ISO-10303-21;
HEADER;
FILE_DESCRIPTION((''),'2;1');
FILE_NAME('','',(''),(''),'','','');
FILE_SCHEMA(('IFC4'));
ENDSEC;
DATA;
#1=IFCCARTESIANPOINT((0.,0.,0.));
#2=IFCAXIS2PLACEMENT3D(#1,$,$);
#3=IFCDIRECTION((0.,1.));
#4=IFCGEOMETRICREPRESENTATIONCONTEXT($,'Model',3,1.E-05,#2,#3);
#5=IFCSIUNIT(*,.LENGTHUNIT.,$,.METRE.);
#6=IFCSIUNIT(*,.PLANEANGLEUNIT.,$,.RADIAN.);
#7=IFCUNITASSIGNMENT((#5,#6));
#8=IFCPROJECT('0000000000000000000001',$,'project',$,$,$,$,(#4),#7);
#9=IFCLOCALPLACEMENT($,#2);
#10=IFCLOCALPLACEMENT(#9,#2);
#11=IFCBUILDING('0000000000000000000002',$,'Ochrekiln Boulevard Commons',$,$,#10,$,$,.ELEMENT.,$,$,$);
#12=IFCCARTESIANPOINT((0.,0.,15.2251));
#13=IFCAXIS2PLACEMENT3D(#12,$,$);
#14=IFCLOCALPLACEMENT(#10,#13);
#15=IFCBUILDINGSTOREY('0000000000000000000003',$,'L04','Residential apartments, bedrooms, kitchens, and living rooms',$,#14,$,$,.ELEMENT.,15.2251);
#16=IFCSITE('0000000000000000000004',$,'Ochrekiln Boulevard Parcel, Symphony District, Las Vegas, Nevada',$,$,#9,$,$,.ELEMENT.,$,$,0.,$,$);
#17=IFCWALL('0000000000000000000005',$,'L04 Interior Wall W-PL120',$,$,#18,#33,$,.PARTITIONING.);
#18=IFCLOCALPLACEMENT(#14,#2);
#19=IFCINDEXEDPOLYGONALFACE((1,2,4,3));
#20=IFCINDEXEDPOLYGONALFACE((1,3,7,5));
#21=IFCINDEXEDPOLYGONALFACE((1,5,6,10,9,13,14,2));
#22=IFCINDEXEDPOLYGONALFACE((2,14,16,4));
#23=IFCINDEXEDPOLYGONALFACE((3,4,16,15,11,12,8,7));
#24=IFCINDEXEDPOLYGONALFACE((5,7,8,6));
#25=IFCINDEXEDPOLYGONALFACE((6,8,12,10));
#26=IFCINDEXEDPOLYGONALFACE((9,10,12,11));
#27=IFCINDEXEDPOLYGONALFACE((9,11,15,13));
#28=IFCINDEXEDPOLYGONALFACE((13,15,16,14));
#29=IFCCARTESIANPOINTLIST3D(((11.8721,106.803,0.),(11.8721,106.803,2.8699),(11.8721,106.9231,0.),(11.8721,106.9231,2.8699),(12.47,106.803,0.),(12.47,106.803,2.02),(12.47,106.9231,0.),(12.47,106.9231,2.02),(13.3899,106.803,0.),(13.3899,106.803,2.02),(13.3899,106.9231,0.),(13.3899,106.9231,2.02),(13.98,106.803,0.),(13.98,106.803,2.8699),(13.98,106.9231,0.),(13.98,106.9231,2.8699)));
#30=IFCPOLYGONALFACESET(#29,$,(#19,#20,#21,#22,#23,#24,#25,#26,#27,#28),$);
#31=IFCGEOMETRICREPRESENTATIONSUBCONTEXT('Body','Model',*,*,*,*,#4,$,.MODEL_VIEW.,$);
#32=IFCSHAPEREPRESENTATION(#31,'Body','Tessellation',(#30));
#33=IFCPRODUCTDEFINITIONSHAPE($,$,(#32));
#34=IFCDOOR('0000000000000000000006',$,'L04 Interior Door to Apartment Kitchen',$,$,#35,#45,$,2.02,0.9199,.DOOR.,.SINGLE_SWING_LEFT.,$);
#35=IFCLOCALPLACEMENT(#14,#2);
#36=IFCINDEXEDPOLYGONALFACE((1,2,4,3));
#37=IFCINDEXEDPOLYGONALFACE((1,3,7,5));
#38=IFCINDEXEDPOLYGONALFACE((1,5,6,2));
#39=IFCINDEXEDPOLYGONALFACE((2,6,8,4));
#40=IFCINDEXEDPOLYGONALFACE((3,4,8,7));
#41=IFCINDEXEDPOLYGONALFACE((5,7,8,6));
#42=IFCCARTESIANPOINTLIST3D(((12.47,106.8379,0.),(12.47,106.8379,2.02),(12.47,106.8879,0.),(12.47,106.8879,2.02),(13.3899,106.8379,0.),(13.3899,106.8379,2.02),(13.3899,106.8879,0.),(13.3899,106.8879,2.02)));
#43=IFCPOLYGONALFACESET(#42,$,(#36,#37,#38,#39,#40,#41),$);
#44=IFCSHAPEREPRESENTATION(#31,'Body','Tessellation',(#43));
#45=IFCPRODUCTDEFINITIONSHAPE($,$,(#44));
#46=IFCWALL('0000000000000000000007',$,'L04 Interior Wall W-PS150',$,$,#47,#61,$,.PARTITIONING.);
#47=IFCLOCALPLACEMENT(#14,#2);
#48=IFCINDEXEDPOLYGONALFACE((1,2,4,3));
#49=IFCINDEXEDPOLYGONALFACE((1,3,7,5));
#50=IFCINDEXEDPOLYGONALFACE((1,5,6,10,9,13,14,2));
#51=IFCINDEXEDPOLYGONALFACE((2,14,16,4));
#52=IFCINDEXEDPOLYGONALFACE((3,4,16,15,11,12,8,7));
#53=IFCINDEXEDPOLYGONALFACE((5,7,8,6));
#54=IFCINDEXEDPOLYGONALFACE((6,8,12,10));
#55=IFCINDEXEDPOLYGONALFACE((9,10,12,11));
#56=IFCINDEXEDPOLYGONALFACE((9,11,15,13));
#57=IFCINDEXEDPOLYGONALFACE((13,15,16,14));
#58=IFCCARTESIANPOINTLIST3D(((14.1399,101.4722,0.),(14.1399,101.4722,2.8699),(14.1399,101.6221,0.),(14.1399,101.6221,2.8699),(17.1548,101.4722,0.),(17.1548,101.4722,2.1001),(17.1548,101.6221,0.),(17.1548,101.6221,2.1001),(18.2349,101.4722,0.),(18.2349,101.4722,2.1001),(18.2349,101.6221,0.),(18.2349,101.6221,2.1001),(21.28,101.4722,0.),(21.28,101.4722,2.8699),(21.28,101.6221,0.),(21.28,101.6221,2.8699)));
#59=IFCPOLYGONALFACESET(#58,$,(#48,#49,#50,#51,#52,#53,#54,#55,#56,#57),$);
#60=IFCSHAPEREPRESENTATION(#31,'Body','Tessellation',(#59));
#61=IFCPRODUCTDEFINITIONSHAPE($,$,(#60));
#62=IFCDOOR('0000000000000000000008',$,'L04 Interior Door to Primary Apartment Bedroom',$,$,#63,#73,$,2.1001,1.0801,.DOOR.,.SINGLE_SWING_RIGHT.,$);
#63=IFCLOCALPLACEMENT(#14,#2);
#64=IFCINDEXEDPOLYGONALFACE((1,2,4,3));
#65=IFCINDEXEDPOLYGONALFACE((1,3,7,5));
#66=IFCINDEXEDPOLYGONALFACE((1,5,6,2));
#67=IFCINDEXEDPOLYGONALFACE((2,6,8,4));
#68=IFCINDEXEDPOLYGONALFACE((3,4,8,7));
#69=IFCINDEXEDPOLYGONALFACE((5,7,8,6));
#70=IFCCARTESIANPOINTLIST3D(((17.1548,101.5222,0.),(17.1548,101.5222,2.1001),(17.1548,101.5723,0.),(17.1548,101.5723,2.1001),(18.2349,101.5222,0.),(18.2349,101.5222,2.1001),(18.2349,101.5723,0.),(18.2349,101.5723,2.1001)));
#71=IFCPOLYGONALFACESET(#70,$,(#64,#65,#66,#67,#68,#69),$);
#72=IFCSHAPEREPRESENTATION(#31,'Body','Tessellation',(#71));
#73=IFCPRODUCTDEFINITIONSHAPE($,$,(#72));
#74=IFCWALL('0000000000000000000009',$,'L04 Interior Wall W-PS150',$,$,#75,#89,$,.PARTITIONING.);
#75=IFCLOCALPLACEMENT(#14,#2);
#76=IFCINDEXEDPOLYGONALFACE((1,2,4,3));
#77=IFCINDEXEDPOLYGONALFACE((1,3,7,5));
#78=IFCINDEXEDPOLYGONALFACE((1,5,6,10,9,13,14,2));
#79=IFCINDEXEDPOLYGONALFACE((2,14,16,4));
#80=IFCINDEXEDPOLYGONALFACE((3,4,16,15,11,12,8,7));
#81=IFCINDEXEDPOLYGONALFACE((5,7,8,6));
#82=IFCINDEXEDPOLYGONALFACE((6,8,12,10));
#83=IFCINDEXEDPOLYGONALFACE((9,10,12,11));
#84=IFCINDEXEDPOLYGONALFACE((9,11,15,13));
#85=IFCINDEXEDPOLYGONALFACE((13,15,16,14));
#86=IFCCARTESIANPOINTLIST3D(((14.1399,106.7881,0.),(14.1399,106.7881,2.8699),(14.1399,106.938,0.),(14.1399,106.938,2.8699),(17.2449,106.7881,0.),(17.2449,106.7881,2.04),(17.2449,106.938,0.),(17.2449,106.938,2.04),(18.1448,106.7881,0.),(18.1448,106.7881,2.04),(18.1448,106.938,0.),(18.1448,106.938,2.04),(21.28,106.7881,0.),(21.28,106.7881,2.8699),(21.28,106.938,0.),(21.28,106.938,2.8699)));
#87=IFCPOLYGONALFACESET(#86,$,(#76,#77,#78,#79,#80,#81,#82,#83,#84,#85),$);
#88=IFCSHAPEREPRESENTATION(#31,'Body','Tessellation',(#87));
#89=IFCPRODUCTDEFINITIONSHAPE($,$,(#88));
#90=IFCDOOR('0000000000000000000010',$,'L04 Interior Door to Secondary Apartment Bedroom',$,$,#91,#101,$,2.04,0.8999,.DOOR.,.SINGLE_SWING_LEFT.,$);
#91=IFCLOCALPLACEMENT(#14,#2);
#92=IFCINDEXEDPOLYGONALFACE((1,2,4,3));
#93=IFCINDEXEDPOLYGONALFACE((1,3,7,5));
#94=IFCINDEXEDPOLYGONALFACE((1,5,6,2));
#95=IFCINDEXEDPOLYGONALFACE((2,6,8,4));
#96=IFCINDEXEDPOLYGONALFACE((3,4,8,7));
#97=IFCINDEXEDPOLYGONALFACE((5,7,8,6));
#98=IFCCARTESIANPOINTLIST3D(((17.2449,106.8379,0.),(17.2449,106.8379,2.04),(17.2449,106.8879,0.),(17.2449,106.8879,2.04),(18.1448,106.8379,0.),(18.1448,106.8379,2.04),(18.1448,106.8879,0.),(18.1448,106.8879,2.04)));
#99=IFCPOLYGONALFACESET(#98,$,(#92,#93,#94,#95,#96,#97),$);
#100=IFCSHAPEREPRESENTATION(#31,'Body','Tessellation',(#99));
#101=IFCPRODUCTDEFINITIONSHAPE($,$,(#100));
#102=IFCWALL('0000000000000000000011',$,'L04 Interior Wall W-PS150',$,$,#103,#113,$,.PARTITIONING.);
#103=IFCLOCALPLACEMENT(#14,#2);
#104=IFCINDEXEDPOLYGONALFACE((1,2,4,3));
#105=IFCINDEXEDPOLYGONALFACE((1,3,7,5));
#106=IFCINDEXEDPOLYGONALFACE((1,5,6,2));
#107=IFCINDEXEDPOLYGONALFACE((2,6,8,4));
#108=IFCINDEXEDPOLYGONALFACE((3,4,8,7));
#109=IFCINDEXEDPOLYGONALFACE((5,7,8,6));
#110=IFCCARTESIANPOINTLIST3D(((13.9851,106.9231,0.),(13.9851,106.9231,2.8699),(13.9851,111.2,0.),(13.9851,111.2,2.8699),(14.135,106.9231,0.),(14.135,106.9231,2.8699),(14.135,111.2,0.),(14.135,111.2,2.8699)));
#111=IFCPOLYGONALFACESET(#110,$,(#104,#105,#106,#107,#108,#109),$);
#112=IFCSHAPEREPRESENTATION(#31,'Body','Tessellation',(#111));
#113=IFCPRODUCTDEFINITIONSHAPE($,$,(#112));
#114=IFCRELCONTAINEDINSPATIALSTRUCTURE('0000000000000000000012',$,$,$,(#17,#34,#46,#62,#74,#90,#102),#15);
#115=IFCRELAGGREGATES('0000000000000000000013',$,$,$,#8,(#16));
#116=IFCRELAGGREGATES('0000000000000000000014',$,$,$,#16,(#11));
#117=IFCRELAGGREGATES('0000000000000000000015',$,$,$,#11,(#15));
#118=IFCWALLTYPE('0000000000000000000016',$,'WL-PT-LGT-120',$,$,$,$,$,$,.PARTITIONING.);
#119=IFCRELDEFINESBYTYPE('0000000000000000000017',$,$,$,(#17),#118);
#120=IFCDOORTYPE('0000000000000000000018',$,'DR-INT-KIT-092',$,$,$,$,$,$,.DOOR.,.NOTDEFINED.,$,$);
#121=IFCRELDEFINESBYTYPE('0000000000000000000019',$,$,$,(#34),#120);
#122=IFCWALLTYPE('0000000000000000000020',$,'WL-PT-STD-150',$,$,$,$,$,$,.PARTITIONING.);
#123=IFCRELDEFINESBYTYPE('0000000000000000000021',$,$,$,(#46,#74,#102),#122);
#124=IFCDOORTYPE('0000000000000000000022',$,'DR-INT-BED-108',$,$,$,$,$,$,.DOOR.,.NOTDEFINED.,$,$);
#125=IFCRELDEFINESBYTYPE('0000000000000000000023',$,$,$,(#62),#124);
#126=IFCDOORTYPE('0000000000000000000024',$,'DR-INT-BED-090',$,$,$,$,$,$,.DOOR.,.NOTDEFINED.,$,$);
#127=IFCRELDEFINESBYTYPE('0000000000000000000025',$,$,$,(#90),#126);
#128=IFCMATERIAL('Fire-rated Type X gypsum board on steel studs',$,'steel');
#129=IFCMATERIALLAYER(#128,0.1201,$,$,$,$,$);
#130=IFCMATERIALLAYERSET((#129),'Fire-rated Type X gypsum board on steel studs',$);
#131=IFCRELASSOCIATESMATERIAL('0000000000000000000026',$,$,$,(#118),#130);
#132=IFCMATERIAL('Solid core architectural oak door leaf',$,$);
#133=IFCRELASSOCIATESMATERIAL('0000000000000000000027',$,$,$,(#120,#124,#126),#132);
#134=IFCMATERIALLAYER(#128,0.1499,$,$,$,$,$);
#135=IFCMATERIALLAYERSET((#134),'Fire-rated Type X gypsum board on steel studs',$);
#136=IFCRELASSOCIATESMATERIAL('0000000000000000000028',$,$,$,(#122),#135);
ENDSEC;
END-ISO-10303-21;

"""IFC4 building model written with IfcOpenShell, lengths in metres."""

from ifc_helpers import new_model, si_unit, direction, frame, frame_2d, origin, place, context, subcontext, project, spatial, rectangle, extrude, material, layer, layer_set, type_object, element, fill, save


model = new_model("IFC4")

# Units and contexts
model_context = context("Model", 3, precision=1e-05, world=origin(), true_north=direction((0.0, 1.0)))
body_context = subcontext(model_context, "Body", "Model", "MODEL_VIEW")
ifc_project = project(units=[si_unit("LENGTHUNIT", "METRE"), si_unit("PLANEANGLEUNIT", "RADIAN")], contexts=[model_context])

# Site, building, storey
site_placement = place(None, origin())
site = spatial("IfcSite", under=ifc_project, at=site_placement, Name="Ochrekiln Boulevard Parcel, Symphony District, Las Vegas, Nevada", CompositionType="ELEMENT", RefElevation=0.0)
building_placement = place(site_placement, origin())
building = spatial("IfcBuilding", under=site, at=building_placement, Name="Ochrekiln Boulevard Commons", CompositionType="ELEMENT")
storey_placement = place(building_placement, frame((0.0, 0.0, 15.2251)))
storey = spatial("IfcBuildingStorey", under=building, at=storey_placement, Name="L04", Description="Residential apartments, bedrooms, kitchens, and living rooms", CompositionType="ELEMENT", Elevation=15.2251)

# Walls, openings, doors
ifc_material_1 = material(Name="Fire-rated Type X gypsum board on steel studs", Category="steel")
ifc_material_2 = material(Name="Solid core architectural oak door leaf")
ifc_layer_1 = layer(ifc_material_1, 0.1201)
ifc_layer_set_1 = layer_set([ifc_layer_1], Name="Fire-rated Type X gypsum board on steel studs")
wall_type_1 = type_object("IfcWallType", Name="WL-PT-LGT-120", PredefinedType="PARTITIONING", material=ifc_layer_set_1)
wall_1_placement = place(storey_placement, frame((11.8721, 106.863, 0.0), z_axis=(0.0, 0.0, 1.0), x_axis=(1.0, 0.0, 0.0)))
wall_1 = element("IfcWall", 1, at=wall_1_placement, inside=storey, type_object=wall_type_1, Name="L04 Interior Wall W-PL120", PredefinedType="PARTITIONING", context=body_context, shape_type="SweptSolid", body=[
    extrude(rectangle(XDim=2.1079, YDim=0.1201, at=frame_2d((1.054, 0.0))), origin(), (0.0, 0.0, 1.0), 2.8699),
])
opening_1_placement = place(wall_1_placement, frame((0.5979, 0.0, 0.0)))
opening_1 = element("IfcOpeningElement", 2, at=opening_1_placement, cuts=wall_1, PredefinedType="OPENING", context=body_context, shape_type="SweptSolid", body=[
    extrude(rectangle(XDim=0.9199, YDim=2.02, at=frame_2d((0.46, 1.01))), frame((0.0, 0.0701, 0.0), z_axis=(0.0, -1.0, 0.0), x_axis=(1.0, 0.0, 0.0)), (0.0, 0.0, 1.0), 0.1401),
])
door_type_1 = type_object("IfcDoorType", Name="DR-INT-KIT-092", OperationType="NOTDEFINED", PredefinedType="DOOR", material=ifc_material_2)
door_1_placement = place(opening_1_placement, origin())
door_1 = element("IfcDoor", 3, at=door_1_placement, inside=storey, type_object=door_type_1, Name="L04 Interior Door to Apartment Kitchen", OperationType="SINGLE_SWING_LEFT", OverallHeight=2.02, OverallWidth=0.9199, PredefinedType="DOOR", context=body_context, shape_type="SweptSolid", body=[
    extrude(rectangle(XDim=0.9199, YDim=2.02, at=frame_2d((0.46, 1.01))), frame((0.0, 0.0249, 0.0), z_axis=(0.0, -1.0, 0.0), x_axis=(1.0, 0.0, 0.0)), (0.0, 0.0, 1.0), 0.05),
])
fill(opening_1, door_1)
ifc_layer_2 = layer(ifc_material_1, 0.1499)
ifc_layer_set_2 = layer_set([ifc_layer_2], Name="Fire-rated Type X gypsum board on steel studs")
wall_type_2 = type_object("IfcWallType", Name="WL-PT-STD-150", PredefinedType="PARTITIONING", material=ifc_layer_set_2)
wall_2_placement = place(storey_placement, frame((14.1399, 101.5471, 0.0), z_axis=(0.0, 0.0, 1.0), x_axis=(1.0, 0.0, 0.0)))
wall_2 = element("IfcWall", 4, at=wall_2_placement, inside=storey, type_object=wall_type_2, Name="L04 Interior Wall W-PS150", PredefinedType="PARTITIONING", context=body_context, shape_type="SweptSolid", body=[
    extrude(rectangle(XDim=7.1401, YDim=0.1499, at=frame_2d((3.5701, 0.0))), origin(), (0.0, 0.0, 1.0), 2.8699),
])
opening_2_placement = place(wall_2_placement, frame((3.0149, 0.0, 0.0)))
opening_2 = element("IfcOpeningElement", 5, at=opening_2_placement, cuts=wall_2, PredefinedType="OPENING", context=body_context, shape_type="SweptSolid", body=[
    extrude(rectangle(XDim=1.0801, YDim=2.1001, at=frame_2d((0.54, 1.05))), frame((0.0, 0.085, 0.0), z_axis=(0.0, -1.0, 0.0), x_axis=(1.0, 0.0, 0.0)), (0.0, 0.0, 1.0), 0.1699),
])
door_type_2 = type_object("IfcDoorType", Name="DR-INT-BED-108", OperationType="NOTDEFINED", PredefinedType="DOOR", material=ifc_material_2)
door_2_placement = place(opening_2_placement, frame((1.0801, 0.0, 0.0), z_axis=(0.0, 0.0, 1.0), x_axis=(-1.0, 0.0, 0.0)))
door_2 = element("IfcDoor", 6, at=door_2_placement, inside=storey, type_object=door_type_2, Name="L04 Interior Door to Primary Apartment Bedroom", OperationType="SINGLE_SWING_RIGHT", OverallHeight=2.1001, OverallWidth=1.0801, PredefinedType="DOOR", context=body_context, shape_type="SweptSolid", body=[
    extrude(rectangle(XDim=1.0801, YDim=2.1001, at=frame_2d((0.54, 1.05))), frame((0.0, 0.0249, 0.0), z_axis=(0.0, -1.0, 0.0), x_axis=(1.0, 0.0, 0.0)), (0.0, 0.0, 1.0), 0.05),
])
fill(opening_2, door_2)
wall_3_placement = place(storey_placement, frame((14.1399, 106.863, 0.0), z_axis=(0.0, 0.0, 1.0), x_axis=(1.0, 0.0, 0.0)))
wall_3 = element("IfcWall", 7, at=wall_3_placement, inside=storey, type_object=wall_type_2, Name="L04 Interior Wall W-PS150", PredefinedType="PARTITIONING", context=body_context, shape_type="SweptSolid", body=[
    extrude(rectangle(XDim=7.1401, YDim=0.1499, at=frame_2d((3.5701, 0.0))), origin(), (0.0, 0.0, 1.0), 2.8699),
])
opening_3_placement = place(wall_3_placement, frame((3.105, 0.0, 0.0)))
opening_3 = element("IfcOpeningElement", 8, at=opening_3_placement, cuts=wall_3, PredefinedType="OPENING", context=body_context, shape_type="SweptSolid", body=[
    extrude(rectangle(XDim=0.8999, YDim=2.04, at=frame_2d((0.45, 1.02))), frame((0.0, 0.085, 0.0), z_axis=(0.0, -1.0, 0.0), x_axis=(1.0, 0.0, 0.0)), (0.0, 0.0, 1.0), 0.1699),
])
door_type_3 = type_object("IfcDoorType", Name="DR-INT-BED-090", OperationType="NOTDEFINED", PredefinedType="DOOR", material=ifc_material_2)
door_3_placement = place(opening_3_placement, origin())
door_3 = element("IfcDoor", 9, at=door_3_placement, inside=storey, type_object=door_type_3, Name="L04 Interior Door to Secondary Apartment Bedroom", OperationType="SINGLE_SWING_LEFT", OverallHeight=2.04, OverallWidth=0.8999, PredefinedType="DOOR", context=body_context, shape_type="SweptSolid", body=[
    extrude(rectangle(XDim=0.8999, YDim=2.04, at=frame_2d((0.45, 1.02))), frame((0.0, 0.0249, 0.0), z_axis=(0.0, -1.0, 0.0), x_axis=(1.0, 0.0, 0.0)), (0.0, 0.0, 1.0), 0.05),
])
fill(opening_3, door_3)

# Wall
wall_4_placement = place(storey_placement, frame((14.0601, 106.9231, 0.0), z_axis=(0.0, 0.0, 1.0), x_axis=(0.0, 1.0, 0.0)))
element("IfcWall", 10, at=wall_4_placement, inside=storey, type_object=wall_type_2, Name="L04 Interior Wall W-PS150", PredefinedType="PARTITIONING", context=body_context, shape_type="SweptSolid", body=[
    extrude(rectangle(XDim=4.2769, YDim=0.1499, at=frame_2d((2.1384, 0.0))), origin(), (0.0, 0.0, 1.0), 2.8699),
])

save(model, "model.ifc")
